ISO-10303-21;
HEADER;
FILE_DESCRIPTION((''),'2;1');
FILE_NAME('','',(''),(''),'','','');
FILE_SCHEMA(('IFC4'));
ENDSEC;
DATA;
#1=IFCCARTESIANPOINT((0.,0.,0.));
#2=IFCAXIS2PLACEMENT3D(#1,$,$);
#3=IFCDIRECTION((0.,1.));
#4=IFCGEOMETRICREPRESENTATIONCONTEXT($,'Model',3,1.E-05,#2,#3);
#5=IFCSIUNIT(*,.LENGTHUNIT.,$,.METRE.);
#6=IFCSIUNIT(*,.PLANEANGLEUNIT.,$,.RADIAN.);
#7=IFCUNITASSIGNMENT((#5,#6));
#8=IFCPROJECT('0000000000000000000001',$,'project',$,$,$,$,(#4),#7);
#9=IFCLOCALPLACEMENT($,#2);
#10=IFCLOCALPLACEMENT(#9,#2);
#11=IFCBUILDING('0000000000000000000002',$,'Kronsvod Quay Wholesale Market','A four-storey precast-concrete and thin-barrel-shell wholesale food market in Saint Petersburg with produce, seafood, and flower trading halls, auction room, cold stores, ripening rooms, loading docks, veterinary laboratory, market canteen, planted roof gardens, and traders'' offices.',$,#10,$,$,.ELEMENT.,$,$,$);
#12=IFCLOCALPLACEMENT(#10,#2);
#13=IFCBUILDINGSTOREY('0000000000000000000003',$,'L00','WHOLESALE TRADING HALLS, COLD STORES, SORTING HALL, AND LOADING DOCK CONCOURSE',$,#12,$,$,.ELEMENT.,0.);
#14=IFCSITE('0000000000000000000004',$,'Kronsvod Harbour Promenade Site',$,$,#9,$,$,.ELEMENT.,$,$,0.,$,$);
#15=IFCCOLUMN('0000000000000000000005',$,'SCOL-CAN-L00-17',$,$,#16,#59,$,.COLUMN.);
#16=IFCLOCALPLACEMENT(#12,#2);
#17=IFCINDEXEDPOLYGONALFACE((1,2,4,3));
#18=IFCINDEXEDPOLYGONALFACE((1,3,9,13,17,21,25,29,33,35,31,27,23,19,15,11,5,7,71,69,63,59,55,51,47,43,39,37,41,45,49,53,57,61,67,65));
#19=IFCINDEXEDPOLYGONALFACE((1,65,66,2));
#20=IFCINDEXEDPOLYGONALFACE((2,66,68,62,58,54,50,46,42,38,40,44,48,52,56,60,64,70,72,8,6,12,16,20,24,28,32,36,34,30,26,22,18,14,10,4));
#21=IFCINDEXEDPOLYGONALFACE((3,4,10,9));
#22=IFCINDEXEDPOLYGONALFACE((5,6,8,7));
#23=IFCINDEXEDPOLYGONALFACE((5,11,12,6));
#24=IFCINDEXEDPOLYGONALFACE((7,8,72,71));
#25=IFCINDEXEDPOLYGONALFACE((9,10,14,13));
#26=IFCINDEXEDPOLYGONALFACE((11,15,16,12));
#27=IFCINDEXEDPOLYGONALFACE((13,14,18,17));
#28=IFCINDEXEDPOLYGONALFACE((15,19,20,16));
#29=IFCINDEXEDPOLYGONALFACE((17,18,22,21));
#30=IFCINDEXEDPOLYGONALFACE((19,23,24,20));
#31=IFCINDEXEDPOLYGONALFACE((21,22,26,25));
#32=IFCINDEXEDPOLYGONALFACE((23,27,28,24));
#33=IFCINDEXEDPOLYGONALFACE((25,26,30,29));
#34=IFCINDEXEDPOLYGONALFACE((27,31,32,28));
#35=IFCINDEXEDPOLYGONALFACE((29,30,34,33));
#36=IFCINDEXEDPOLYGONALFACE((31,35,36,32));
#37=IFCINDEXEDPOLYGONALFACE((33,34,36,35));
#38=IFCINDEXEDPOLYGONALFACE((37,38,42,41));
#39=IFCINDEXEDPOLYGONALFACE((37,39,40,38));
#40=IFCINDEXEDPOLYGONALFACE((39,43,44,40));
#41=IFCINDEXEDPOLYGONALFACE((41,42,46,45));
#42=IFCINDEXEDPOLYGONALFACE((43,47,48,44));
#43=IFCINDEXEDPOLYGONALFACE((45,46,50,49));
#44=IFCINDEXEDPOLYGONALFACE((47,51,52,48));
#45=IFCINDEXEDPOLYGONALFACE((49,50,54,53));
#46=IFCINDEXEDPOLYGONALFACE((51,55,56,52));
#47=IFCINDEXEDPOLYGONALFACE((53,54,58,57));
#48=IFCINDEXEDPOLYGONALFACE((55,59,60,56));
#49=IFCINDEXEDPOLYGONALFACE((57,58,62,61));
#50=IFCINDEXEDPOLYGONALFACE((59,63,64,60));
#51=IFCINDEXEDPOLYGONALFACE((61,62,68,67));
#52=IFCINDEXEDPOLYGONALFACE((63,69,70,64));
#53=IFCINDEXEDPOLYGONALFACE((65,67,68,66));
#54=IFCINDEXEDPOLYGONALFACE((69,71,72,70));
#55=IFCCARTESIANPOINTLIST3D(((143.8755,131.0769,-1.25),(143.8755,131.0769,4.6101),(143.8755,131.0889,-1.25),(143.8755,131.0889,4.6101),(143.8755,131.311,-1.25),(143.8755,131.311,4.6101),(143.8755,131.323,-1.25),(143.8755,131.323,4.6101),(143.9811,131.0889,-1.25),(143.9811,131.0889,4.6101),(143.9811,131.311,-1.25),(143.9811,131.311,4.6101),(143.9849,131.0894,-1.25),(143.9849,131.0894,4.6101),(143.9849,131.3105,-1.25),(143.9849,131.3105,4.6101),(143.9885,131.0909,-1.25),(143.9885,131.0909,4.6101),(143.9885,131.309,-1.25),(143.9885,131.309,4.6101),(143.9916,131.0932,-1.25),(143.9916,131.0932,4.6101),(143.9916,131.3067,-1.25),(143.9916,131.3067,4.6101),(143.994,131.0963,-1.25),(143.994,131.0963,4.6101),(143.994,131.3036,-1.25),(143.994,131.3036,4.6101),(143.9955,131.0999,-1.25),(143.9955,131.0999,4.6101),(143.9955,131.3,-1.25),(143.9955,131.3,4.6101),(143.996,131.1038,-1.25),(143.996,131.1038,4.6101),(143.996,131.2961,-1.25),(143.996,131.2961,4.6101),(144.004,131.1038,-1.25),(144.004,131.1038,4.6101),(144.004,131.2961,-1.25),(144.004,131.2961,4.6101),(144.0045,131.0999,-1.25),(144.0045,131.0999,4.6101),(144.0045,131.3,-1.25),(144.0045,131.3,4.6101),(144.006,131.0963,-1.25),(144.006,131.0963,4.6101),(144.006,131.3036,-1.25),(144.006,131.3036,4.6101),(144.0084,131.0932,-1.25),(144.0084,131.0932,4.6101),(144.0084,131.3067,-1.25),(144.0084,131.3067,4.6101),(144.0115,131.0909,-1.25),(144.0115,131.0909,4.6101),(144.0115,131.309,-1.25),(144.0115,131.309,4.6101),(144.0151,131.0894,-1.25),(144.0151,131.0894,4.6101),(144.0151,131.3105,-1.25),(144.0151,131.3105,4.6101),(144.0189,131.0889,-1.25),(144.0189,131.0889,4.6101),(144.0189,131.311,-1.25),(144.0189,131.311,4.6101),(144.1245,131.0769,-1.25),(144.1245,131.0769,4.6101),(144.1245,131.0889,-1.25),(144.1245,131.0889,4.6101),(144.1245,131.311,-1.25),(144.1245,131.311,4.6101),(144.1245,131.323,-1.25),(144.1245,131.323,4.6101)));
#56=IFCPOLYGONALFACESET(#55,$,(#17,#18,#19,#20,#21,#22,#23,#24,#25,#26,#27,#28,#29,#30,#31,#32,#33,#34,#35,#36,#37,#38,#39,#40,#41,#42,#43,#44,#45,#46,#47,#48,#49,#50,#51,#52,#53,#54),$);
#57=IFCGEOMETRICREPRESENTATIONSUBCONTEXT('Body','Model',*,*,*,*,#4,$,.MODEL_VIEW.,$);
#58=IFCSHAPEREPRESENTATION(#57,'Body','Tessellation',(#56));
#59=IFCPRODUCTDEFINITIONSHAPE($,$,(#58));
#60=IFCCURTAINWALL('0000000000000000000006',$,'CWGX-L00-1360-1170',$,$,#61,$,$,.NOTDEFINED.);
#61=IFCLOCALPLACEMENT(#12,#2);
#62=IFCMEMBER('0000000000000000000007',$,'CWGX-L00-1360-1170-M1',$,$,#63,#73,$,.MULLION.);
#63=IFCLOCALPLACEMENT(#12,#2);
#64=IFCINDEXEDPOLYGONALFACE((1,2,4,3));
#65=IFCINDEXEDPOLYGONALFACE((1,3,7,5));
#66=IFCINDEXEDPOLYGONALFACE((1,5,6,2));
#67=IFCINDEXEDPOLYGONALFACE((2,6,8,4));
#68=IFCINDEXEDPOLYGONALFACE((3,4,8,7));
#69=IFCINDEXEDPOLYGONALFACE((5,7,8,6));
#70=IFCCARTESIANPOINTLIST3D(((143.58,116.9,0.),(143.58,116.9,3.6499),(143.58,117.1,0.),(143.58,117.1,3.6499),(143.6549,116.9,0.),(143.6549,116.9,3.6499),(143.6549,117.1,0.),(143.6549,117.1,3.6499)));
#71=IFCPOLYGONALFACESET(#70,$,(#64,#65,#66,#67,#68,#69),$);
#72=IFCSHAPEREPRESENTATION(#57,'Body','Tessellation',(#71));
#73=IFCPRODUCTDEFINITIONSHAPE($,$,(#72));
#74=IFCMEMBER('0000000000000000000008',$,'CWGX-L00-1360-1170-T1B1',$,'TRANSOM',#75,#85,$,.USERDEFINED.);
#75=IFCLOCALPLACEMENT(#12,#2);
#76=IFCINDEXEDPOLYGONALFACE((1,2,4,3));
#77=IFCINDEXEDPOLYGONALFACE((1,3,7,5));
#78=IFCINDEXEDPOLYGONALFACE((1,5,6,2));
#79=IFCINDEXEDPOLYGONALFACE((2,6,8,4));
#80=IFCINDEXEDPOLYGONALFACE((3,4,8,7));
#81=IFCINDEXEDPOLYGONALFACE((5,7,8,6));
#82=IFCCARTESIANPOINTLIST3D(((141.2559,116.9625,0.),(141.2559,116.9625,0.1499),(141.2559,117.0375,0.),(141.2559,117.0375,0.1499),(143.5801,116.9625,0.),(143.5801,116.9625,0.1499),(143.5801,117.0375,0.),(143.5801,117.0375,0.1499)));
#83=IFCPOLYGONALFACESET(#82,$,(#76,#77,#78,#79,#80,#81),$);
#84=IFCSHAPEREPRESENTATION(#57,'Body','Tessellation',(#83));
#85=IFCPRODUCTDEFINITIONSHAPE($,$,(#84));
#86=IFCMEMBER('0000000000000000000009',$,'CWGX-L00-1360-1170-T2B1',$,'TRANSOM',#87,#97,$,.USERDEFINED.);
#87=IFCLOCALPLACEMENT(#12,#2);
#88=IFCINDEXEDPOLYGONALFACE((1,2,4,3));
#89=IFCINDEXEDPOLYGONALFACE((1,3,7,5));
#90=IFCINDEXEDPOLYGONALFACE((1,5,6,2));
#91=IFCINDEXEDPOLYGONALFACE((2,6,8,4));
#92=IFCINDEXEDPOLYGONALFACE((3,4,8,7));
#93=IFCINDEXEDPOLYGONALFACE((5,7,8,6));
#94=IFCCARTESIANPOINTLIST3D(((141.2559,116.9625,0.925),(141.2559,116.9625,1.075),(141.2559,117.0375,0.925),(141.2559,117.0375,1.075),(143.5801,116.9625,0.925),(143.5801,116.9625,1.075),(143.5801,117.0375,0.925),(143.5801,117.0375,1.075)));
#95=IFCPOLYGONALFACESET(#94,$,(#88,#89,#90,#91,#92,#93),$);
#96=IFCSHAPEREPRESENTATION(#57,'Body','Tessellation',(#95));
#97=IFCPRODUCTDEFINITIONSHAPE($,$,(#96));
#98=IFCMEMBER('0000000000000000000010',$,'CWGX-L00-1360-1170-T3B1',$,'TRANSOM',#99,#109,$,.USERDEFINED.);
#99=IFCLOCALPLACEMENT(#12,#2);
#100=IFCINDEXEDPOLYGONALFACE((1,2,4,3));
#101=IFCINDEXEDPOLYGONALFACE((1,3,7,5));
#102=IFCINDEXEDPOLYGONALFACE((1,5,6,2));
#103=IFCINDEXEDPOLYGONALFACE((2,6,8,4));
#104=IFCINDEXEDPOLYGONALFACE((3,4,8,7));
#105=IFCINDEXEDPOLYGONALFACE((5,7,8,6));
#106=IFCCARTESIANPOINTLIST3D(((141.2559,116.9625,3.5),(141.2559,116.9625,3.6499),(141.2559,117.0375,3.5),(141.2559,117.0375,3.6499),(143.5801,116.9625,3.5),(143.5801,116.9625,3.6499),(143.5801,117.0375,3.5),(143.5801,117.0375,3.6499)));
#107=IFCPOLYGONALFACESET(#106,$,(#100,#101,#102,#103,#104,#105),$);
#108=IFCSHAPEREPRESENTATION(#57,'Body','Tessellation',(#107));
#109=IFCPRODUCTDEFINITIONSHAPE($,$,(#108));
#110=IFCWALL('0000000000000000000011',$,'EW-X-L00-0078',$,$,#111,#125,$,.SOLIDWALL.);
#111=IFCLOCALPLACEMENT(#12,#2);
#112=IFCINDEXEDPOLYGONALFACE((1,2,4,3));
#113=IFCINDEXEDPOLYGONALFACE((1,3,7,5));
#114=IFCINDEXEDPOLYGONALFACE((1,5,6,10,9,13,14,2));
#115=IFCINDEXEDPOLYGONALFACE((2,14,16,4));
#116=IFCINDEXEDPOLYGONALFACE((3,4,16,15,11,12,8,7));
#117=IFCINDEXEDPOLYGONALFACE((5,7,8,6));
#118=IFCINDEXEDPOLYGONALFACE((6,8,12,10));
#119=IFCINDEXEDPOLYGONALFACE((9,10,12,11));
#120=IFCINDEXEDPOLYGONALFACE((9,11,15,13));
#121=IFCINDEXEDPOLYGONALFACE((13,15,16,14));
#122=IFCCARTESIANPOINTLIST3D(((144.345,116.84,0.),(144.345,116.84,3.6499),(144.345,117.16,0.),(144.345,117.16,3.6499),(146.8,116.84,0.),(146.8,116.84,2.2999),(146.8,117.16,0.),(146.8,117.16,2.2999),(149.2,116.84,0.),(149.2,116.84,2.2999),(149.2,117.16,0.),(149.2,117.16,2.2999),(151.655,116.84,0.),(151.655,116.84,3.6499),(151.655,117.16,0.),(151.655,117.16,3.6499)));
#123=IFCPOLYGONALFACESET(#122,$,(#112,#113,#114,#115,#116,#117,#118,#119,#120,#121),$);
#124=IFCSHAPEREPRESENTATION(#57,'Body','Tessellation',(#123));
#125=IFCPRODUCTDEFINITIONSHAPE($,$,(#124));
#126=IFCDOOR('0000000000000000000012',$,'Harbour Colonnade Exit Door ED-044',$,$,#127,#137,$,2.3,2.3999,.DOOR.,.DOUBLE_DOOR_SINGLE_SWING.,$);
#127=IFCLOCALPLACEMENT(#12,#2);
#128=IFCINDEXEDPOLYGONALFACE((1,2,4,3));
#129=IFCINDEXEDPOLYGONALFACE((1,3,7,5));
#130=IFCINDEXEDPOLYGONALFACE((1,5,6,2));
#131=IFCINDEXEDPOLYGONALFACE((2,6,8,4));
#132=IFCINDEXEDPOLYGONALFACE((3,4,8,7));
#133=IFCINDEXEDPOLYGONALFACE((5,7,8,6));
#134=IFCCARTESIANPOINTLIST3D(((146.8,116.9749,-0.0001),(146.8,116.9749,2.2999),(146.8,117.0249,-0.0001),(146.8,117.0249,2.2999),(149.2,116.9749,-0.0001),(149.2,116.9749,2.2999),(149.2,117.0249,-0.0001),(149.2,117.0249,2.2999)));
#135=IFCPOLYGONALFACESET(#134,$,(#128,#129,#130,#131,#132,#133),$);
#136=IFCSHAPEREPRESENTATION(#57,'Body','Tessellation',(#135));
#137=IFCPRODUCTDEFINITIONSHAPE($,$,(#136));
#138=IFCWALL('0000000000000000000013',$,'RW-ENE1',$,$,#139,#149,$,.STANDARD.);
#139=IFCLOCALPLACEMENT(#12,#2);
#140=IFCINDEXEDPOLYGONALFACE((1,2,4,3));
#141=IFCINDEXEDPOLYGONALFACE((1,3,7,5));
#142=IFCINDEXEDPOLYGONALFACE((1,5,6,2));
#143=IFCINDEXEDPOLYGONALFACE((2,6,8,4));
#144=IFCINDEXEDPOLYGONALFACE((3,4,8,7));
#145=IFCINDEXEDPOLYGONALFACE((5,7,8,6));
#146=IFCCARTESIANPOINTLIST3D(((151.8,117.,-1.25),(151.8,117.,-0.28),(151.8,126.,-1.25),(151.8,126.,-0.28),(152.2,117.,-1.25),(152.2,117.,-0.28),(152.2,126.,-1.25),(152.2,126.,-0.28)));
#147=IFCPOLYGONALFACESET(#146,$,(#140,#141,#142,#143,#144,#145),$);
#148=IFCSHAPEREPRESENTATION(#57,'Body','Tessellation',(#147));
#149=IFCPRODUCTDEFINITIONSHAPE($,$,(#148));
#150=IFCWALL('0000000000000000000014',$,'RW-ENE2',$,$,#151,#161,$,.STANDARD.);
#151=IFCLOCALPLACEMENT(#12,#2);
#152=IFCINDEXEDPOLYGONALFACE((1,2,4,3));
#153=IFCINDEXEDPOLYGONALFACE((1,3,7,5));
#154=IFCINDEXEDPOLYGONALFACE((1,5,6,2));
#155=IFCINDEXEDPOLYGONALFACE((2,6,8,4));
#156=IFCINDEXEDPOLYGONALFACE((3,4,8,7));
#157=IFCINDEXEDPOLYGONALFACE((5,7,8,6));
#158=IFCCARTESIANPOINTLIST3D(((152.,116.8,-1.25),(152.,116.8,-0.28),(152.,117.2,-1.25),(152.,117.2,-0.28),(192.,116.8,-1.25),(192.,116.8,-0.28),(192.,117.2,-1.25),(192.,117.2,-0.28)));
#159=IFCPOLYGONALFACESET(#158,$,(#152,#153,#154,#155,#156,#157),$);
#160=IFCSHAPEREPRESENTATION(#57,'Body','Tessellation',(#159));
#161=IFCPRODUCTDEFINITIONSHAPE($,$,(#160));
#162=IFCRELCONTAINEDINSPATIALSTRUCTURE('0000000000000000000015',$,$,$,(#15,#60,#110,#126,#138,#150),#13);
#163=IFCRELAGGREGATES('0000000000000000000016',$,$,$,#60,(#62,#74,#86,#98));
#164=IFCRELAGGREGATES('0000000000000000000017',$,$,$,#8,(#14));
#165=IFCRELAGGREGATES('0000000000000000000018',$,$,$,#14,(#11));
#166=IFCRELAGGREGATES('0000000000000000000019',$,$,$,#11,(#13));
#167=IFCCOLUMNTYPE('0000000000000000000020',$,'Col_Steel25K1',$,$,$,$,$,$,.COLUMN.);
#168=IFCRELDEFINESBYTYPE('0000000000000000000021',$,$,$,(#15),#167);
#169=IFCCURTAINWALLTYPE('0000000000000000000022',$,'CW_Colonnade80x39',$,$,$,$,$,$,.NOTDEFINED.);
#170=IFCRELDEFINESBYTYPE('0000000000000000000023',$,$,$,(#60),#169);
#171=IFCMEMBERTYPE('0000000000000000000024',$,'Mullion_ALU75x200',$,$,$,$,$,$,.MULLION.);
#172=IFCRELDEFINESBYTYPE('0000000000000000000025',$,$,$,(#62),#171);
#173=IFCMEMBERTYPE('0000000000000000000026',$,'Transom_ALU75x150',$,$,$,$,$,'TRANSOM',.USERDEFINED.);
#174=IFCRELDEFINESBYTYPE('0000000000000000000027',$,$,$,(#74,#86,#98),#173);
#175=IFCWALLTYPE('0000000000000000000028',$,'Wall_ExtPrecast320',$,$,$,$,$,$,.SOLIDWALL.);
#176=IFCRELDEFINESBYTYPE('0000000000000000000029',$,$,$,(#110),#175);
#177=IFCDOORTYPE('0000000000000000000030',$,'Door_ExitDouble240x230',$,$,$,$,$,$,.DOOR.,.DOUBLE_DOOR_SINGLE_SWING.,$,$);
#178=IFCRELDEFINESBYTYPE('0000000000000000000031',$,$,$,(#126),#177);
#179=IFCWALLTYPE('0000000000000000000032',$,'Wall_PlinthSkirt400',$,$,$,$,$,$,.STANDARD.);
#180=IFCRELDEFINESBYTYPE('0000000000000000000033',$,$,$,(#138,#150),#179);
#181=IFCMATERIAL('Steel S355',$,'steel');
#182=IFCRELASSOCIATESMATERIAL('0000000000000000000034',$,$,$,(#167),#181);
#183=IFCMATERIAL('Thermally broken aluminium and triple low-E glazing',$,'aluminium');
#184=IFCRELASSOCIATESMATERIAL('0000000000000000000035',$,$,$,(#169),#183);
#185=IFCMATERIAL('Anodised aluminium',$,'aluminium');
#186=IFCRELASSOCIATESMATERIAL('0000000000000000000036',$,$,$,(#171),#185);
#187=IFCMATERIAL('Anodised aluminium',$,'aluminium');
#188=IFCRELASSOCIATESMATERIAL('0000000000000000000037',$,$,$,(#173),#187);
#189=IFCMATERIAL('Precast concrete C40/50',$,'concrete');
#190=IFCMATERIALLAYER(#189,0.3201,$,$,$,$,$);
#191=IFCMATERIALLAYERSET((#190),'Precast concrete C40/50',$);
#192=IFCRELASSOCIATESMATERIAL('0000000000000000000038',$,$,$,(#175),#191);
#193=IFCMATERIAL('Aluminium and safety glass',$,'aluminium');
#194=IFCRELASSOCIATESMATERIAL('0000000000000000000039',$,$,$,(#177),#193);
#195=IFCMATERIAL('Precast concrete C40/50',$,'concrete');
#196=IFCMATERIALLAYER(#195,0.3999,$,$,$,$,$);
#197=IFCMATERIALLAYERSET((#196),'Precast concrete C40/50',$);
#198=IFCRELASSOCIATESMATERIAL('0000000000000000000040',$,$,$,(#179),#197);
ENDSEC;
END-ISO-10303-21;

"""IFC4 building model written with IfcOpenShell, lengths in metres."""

from ifc_helpers import new_model, si_unit, direction, frame, frame_2d, origin, origin_2d, place, context, subcontext, project, spatial, rectangle, i_section, extrude, material, layer, layer_set, material_profile, profile_set, type_object, element, fill, aggregate, save


model = new_model("IFC4")

# Units and contexts
model_context = context("Model", 3, precision=1e-05, world=origin(), true_north=direction((0.0, 1.0)))
body_context = subcontext(model_context, "Body", "Model", "MODEL_VIEW")
ifc_project = project(units=[si_unit("LENGTHUNIT", "METRE"), si_unit("PLANEANGLEUNIT", "RADIAN")], contexts=[model_context])

# Site, building, storey
site_placement = place(None, origin())
site = spatial("IfcSite", under=ifc_project, at=site_placement, Name="Kronsvod Harbour Promenade Site", CompositionType="ELEMENT", RefElevation=0.0)
building_placement = place(site_placement, origin())
building = spatial("IfcBuilding", under=site, at=building_placement, Name="Kronsvod Quay Wholesale Market", Description="A four-storey precast-concrete and thin-barrel-shell wholesale food market in Saint Petersburg with produce, seafood, and flower trading halls, auction room, cold stores, ripening rooms, loading docks, veterinary laboratory, market canteen, planted roof gardens, and traders' offices.", CompositionType="ELEMENT")
storey_placement = place(building_placement, origin())
storey = spatial("IfcBuildingStorey", under=building, at=storey_placement, Name="L00", Description="WHOLESALE TRADING HALLS, COLD STORES, SORTING HALL, AND LOADING DOCK CONCOURSE", CompositionType="ELEMENT", Elevation=0.0)

# Column
ifc_material_1 = material(Name="Steel S355", Category="steel")
ifc_material_profile_1 = material_profile(ifc_material_1, i_section(OverallWidth=0.249, OverallDepth=0.2461, WebThickness=0.0081, FlangeThickness=0.012, FilletRadius=0.0149, at=origin_2d()), Name="25K1")
ifc_profile_set_1 = profile_set([ifc_material_profile_1], Name="Steel S355")
column_type_1 = type_object("IfcColumnType", Name="Col_Steel25K1", PredefinedType="COLUMN", material=ifc_profile_set_1)
column_1_placement = place(storey_placement, frame((144.0, 131.2, -1.25), z_axis=(0.0, 0.0, 1.0), x_axis=(1.0, 0.0, 0.0)))
element("IfcColumn", 1, at=column_1_placement, inside=storey, type_object=column_type_1, Name="SCOL-CAN-L00-17", PredefinedType="COLUMN", context=body_context, shape_type="SweptSolid", body=[
    extrude(i_section(OverallWidth=0.249, OverallDepth=0.2461, WebThickness=0.0081, FlangeThickness=0.012, FilletRadius=0.0149, at=origin_2d()), origin(), (0.0, 0.0, 1.0), 5.8601),
])

# Curtain wall, members
ifc_material_2 = material(Name="Thermally broken aluminium and triple low-E glazing", Category="aluminium")
curtain_wall_type = type_object("IfcCurtainWallType", Name="CW_Colonnade80x39", PredefinedType="NOTDEFINED", material=ifc_material_2)
curtain_wall_placement = place(storey_placement, origin())
curtain_wall = element("IfcCurtainWall", 2, at=curtain_wall_placement, inside=storey, type_object=curtain_wall_type, Name="CWGX-L00-1360-1170", PredefinedType="NOTDEFINED")
ifc_material_3 = material(Name="Anodised aluminium", Category="aluminium")
ifc_material_profile_2 = material_profile(ifc_material_3, rectangle(XDim=0.075, YDim=0.2, at=origin_2d()), Name="ALUM75x200")
ifc_profile_set_2 = profile_set([ifc_material_profile_2], Name="Anodised aluminium")
member_type_1 = type_object("IfcMemberType", Name="Mullion_ALU75x200", PredefinedType="MULLION", material=ifc_profile_set_2)
member_1_placement = place(storey_placement, frame((143.6174, 117.0, 0.0), z_axis=(0.0, 0.0, 1.0), x_axis=(1.0, 0.0, 0.0)))
member_1 = element("IfcMember", 3, at=member_1_placement, type_object=member_type_1, Name="CWGX-L00-1360-1170-M1", PredefinedType="MULLION", context=body_context, shape_type="SweptSolid", body=[
    extrude(rectangle(XDim=0.075, YDim=0.2, at=origin_2d()), origin(), (0.0, 0.0, 1.0), 3.6499),
])
ifc_material_4 = material(Name="Anodised aluminium", Category="aluminium")
ifc_material_profile_3 = material_profile(ifc_material_4, rectangle(XDim=0.075, YDim=0.1499, at=origin_2d()), Name="ALUT75x150")
ifc_profile_set_3 = profile_set([ifc_material_profile_3], Name="Anodised aluminium")
member_type_2 = type_object("IfcMemberType", Name="Transom_ALU75x150", ElementType="TRANSOM", PredefinedType="USERDEFINED", material=ifc_profile_set_3)
member_2_placement = place(storey_placement, frame((143.5801, 117.0, 0.075), z_axis=(-1.0, 0.0, 0.0), x_axis=(0.0, -1.0, 0.0)))
member_2 = element("IfcMember", 4, at=member_2_placement, type_object=member_type_2, Name="CWGX-L00-1360-1170-T1B1", ObjectType="TRANSOM", PredefinedType="USERDEFINED", context=body_context, shape_type="SweptSolid", body=[
    extrude(rectangle(XDim=0.075, YDim=0.1499, at=origin_2d()), origin(), (0.0, 0.0, 1.0), 2.3242),
])
member_3_placement = place(storey_placement, frame((143.5801, 117.0, 1.0), z_axis=(-1.0, 0.0, 0.0), x_axis=(0.0, -1.0, 0.0)))
member_3 = element("IfcMember", 5, at=member_3_placement, type_object=member_type_2, Name="CWGX-L00-1360-1170-T2B1", ObjectType="TRANSOM", PredefinedType="USERDEFINED", context=body_context, shape_type="SweptSolid", body=[
    extrude(rectangle(XDim=0.075, YDim=0.1499, at=origin_2d()), origin(), (0.0, 0.0, 1.0), 2.3242),
])
member_4_placement = place(storey_placement, frame((143.5801, 117.0, 3.575), z_axis=(-1.0, 0.0, 0.0), x_axis=(0.0, -1.0, 0.0)))
member_4 = element("IfcMember", 6, at=member_4_placement, type_object=member_type_2, Name="CWGX-L00-1360-1170-T3B1", ObjectType="TRANSOM", PredefinedType="USERDEFINED", context=body_context, shape_type="SweptSolid", body=[
    extrude(rectangle(XDim=0.075, YDim=0.1499, at=origin_2d()), origin(), (0.0, 0.0, 1.0), 2.3242),
])
aggregate(curtain_wall, [member_1, member_2, member_3, member_4])

# Wall, opening, door
ifc_material_5 = material(Name="Precast concrete C40/50", Category="concrete")
ifc_layer_1 = layer(ifc_material_5, 0.3201)
ifc_layer_set_1 = layer_set([ifc_layer_1], Name="Precast concrete C40/50")
wall_type_1 = type_object("IfcWallType", Name="Wall_ExtPrecast320", PredefinedType="SOLIDWALL", material=ifc_layer_set_1)
wall_1_placement = place(storey_placement, frame((151.655, 117.0, 0.0), z_axis=(0.0, 0.0, 1.0), x_axis=(-1.0, 0.0, 0.0)))
wall_1 = element("IfcWall", 7, at=wall_1_placement, inside=storey, type_object=wall_type_1, Name="EW-X-L00-0078", PredefinedType="SOLIDWALL", context=body_context, shape_type="SweptSolid", body=[
    extrude(rectangle(XDim=7.3101, YDim=0.3201, at=frame_2d((3.655, 0.0))), origin(), (0.0, 0.0, 1.0), 3.6499),
])
opening_placement = place(wall_1_placement, frame((2.4551, 0.0, 0.0)))
opening = element("IfcOpeningElement", 8, at=opening_placement, cuts=wall_1, PredefinedType="OPENING", context=body_context, shape_type="SweptSolid", body=[
    extrude(rectangle(XDim=2.3999, YDim=2.3, at=frame_2d((1.2, 1.1499))), frame((0.0, 0.1699, 0.0), z_axis=(0.0, -1.0, 0.0), x_axis=(1.0, 0.0, 0.0)), (0.0, 0.0, 1.0), 0.3401),
])
ifc_material_6 = material(Name="Aluminium and safety glass", Category="aluminium")
door_type = type_object("IfcDoorType", Name="Door_ExitDouble240x230", OperationType="DOUBLE_DOOR_SINGLE_SWING", PredefinedType="DOOR", material=ifc_material_6)
door_placement = place(opening_placement, frame((2.3999, 0.0, 0.0), z_axis=(0.0, 0.0, 1.0), x_axis=(-1.0, 0.0, 0.0)))
door = element("IfcDoor", 9, at=door_placement, inside=storey, type_object=door_type, Name="Harbour Colonnade Exit Door ED-044", OperationType="DOUBLE_DOOR_SINGLE_SWING", OverallHeight=2.3, OverallWidth=2.3999, PredefinedType="DOOR", context=body_context, shape_type="SweptSolid", body=[
    extrude(rectangle(XDim=2.3999, YDim=2.3, at=frame_2d((1.2, 1.1499))), frame((0.0, 0.0249, 0.0), z_axis=(0.0, -1.0, 0.0), x_axis=(1.0, 0.0, 0.0)), (0.0, 0.0, 1.0), 0.05),
])
fill(opening, door)

# Walls
ifc_material_7 = material(Name="Precast concrete C40/50", Category="concrete")
ifc_layer_2 = layer(ifc_material_7, 0.3999)
ifc_layer_set_2 = layer_set([ifc_layer_2], Name="Precast concrete C40/50")
wall_type_2 = type_object("IfcWallType", Name="Wall_PlinthSkirt400", PredefinedType="STANDARD", material=ifc_layer_set_2)
wall_2_placement = place(storey_placement, frame((152.0, 117.0, -1.25), z_axis=(0.0, 0.0, 1.0), x_axis=(0.0, 1.0, 0.0)))
element("IfcWall", 10, at=wall_2_placement, inside=storey, type_object=wall_type_2, Name="RW-ENE1", PredefinedType="STANDARD", context=body_context, shape_type="SweptSolid", body=[
    extrude(rectangle(XDim=9.0, YDim=0.3999, at=frame_2d((4.5, 0.0))), origin(), (0.0, 0.0, 1.0), 0.97),
])
wall_3_placement = place(storey_placement, frame((152.0, 117.0, -1.25), z_axis=(0.0, 0.0, 1.0), x_axis=(1.0, 0.0, 0.0)))
element("IfcWall", 11, at=wall_3_placement, inside=storey, type_object=wall_type_2, Name="RW-ENE2", PredefinedType="STANDARD", context=body_context, shape_type="SweptSolid", body=[
    extrude(rectangle(XDim=40.0, YDim=0.3999, at=frame_2d((20.0, 0.0))), origin(), (0.0, 0.0, 1.0), 0.97),
])

save(model, "model.ifc")
